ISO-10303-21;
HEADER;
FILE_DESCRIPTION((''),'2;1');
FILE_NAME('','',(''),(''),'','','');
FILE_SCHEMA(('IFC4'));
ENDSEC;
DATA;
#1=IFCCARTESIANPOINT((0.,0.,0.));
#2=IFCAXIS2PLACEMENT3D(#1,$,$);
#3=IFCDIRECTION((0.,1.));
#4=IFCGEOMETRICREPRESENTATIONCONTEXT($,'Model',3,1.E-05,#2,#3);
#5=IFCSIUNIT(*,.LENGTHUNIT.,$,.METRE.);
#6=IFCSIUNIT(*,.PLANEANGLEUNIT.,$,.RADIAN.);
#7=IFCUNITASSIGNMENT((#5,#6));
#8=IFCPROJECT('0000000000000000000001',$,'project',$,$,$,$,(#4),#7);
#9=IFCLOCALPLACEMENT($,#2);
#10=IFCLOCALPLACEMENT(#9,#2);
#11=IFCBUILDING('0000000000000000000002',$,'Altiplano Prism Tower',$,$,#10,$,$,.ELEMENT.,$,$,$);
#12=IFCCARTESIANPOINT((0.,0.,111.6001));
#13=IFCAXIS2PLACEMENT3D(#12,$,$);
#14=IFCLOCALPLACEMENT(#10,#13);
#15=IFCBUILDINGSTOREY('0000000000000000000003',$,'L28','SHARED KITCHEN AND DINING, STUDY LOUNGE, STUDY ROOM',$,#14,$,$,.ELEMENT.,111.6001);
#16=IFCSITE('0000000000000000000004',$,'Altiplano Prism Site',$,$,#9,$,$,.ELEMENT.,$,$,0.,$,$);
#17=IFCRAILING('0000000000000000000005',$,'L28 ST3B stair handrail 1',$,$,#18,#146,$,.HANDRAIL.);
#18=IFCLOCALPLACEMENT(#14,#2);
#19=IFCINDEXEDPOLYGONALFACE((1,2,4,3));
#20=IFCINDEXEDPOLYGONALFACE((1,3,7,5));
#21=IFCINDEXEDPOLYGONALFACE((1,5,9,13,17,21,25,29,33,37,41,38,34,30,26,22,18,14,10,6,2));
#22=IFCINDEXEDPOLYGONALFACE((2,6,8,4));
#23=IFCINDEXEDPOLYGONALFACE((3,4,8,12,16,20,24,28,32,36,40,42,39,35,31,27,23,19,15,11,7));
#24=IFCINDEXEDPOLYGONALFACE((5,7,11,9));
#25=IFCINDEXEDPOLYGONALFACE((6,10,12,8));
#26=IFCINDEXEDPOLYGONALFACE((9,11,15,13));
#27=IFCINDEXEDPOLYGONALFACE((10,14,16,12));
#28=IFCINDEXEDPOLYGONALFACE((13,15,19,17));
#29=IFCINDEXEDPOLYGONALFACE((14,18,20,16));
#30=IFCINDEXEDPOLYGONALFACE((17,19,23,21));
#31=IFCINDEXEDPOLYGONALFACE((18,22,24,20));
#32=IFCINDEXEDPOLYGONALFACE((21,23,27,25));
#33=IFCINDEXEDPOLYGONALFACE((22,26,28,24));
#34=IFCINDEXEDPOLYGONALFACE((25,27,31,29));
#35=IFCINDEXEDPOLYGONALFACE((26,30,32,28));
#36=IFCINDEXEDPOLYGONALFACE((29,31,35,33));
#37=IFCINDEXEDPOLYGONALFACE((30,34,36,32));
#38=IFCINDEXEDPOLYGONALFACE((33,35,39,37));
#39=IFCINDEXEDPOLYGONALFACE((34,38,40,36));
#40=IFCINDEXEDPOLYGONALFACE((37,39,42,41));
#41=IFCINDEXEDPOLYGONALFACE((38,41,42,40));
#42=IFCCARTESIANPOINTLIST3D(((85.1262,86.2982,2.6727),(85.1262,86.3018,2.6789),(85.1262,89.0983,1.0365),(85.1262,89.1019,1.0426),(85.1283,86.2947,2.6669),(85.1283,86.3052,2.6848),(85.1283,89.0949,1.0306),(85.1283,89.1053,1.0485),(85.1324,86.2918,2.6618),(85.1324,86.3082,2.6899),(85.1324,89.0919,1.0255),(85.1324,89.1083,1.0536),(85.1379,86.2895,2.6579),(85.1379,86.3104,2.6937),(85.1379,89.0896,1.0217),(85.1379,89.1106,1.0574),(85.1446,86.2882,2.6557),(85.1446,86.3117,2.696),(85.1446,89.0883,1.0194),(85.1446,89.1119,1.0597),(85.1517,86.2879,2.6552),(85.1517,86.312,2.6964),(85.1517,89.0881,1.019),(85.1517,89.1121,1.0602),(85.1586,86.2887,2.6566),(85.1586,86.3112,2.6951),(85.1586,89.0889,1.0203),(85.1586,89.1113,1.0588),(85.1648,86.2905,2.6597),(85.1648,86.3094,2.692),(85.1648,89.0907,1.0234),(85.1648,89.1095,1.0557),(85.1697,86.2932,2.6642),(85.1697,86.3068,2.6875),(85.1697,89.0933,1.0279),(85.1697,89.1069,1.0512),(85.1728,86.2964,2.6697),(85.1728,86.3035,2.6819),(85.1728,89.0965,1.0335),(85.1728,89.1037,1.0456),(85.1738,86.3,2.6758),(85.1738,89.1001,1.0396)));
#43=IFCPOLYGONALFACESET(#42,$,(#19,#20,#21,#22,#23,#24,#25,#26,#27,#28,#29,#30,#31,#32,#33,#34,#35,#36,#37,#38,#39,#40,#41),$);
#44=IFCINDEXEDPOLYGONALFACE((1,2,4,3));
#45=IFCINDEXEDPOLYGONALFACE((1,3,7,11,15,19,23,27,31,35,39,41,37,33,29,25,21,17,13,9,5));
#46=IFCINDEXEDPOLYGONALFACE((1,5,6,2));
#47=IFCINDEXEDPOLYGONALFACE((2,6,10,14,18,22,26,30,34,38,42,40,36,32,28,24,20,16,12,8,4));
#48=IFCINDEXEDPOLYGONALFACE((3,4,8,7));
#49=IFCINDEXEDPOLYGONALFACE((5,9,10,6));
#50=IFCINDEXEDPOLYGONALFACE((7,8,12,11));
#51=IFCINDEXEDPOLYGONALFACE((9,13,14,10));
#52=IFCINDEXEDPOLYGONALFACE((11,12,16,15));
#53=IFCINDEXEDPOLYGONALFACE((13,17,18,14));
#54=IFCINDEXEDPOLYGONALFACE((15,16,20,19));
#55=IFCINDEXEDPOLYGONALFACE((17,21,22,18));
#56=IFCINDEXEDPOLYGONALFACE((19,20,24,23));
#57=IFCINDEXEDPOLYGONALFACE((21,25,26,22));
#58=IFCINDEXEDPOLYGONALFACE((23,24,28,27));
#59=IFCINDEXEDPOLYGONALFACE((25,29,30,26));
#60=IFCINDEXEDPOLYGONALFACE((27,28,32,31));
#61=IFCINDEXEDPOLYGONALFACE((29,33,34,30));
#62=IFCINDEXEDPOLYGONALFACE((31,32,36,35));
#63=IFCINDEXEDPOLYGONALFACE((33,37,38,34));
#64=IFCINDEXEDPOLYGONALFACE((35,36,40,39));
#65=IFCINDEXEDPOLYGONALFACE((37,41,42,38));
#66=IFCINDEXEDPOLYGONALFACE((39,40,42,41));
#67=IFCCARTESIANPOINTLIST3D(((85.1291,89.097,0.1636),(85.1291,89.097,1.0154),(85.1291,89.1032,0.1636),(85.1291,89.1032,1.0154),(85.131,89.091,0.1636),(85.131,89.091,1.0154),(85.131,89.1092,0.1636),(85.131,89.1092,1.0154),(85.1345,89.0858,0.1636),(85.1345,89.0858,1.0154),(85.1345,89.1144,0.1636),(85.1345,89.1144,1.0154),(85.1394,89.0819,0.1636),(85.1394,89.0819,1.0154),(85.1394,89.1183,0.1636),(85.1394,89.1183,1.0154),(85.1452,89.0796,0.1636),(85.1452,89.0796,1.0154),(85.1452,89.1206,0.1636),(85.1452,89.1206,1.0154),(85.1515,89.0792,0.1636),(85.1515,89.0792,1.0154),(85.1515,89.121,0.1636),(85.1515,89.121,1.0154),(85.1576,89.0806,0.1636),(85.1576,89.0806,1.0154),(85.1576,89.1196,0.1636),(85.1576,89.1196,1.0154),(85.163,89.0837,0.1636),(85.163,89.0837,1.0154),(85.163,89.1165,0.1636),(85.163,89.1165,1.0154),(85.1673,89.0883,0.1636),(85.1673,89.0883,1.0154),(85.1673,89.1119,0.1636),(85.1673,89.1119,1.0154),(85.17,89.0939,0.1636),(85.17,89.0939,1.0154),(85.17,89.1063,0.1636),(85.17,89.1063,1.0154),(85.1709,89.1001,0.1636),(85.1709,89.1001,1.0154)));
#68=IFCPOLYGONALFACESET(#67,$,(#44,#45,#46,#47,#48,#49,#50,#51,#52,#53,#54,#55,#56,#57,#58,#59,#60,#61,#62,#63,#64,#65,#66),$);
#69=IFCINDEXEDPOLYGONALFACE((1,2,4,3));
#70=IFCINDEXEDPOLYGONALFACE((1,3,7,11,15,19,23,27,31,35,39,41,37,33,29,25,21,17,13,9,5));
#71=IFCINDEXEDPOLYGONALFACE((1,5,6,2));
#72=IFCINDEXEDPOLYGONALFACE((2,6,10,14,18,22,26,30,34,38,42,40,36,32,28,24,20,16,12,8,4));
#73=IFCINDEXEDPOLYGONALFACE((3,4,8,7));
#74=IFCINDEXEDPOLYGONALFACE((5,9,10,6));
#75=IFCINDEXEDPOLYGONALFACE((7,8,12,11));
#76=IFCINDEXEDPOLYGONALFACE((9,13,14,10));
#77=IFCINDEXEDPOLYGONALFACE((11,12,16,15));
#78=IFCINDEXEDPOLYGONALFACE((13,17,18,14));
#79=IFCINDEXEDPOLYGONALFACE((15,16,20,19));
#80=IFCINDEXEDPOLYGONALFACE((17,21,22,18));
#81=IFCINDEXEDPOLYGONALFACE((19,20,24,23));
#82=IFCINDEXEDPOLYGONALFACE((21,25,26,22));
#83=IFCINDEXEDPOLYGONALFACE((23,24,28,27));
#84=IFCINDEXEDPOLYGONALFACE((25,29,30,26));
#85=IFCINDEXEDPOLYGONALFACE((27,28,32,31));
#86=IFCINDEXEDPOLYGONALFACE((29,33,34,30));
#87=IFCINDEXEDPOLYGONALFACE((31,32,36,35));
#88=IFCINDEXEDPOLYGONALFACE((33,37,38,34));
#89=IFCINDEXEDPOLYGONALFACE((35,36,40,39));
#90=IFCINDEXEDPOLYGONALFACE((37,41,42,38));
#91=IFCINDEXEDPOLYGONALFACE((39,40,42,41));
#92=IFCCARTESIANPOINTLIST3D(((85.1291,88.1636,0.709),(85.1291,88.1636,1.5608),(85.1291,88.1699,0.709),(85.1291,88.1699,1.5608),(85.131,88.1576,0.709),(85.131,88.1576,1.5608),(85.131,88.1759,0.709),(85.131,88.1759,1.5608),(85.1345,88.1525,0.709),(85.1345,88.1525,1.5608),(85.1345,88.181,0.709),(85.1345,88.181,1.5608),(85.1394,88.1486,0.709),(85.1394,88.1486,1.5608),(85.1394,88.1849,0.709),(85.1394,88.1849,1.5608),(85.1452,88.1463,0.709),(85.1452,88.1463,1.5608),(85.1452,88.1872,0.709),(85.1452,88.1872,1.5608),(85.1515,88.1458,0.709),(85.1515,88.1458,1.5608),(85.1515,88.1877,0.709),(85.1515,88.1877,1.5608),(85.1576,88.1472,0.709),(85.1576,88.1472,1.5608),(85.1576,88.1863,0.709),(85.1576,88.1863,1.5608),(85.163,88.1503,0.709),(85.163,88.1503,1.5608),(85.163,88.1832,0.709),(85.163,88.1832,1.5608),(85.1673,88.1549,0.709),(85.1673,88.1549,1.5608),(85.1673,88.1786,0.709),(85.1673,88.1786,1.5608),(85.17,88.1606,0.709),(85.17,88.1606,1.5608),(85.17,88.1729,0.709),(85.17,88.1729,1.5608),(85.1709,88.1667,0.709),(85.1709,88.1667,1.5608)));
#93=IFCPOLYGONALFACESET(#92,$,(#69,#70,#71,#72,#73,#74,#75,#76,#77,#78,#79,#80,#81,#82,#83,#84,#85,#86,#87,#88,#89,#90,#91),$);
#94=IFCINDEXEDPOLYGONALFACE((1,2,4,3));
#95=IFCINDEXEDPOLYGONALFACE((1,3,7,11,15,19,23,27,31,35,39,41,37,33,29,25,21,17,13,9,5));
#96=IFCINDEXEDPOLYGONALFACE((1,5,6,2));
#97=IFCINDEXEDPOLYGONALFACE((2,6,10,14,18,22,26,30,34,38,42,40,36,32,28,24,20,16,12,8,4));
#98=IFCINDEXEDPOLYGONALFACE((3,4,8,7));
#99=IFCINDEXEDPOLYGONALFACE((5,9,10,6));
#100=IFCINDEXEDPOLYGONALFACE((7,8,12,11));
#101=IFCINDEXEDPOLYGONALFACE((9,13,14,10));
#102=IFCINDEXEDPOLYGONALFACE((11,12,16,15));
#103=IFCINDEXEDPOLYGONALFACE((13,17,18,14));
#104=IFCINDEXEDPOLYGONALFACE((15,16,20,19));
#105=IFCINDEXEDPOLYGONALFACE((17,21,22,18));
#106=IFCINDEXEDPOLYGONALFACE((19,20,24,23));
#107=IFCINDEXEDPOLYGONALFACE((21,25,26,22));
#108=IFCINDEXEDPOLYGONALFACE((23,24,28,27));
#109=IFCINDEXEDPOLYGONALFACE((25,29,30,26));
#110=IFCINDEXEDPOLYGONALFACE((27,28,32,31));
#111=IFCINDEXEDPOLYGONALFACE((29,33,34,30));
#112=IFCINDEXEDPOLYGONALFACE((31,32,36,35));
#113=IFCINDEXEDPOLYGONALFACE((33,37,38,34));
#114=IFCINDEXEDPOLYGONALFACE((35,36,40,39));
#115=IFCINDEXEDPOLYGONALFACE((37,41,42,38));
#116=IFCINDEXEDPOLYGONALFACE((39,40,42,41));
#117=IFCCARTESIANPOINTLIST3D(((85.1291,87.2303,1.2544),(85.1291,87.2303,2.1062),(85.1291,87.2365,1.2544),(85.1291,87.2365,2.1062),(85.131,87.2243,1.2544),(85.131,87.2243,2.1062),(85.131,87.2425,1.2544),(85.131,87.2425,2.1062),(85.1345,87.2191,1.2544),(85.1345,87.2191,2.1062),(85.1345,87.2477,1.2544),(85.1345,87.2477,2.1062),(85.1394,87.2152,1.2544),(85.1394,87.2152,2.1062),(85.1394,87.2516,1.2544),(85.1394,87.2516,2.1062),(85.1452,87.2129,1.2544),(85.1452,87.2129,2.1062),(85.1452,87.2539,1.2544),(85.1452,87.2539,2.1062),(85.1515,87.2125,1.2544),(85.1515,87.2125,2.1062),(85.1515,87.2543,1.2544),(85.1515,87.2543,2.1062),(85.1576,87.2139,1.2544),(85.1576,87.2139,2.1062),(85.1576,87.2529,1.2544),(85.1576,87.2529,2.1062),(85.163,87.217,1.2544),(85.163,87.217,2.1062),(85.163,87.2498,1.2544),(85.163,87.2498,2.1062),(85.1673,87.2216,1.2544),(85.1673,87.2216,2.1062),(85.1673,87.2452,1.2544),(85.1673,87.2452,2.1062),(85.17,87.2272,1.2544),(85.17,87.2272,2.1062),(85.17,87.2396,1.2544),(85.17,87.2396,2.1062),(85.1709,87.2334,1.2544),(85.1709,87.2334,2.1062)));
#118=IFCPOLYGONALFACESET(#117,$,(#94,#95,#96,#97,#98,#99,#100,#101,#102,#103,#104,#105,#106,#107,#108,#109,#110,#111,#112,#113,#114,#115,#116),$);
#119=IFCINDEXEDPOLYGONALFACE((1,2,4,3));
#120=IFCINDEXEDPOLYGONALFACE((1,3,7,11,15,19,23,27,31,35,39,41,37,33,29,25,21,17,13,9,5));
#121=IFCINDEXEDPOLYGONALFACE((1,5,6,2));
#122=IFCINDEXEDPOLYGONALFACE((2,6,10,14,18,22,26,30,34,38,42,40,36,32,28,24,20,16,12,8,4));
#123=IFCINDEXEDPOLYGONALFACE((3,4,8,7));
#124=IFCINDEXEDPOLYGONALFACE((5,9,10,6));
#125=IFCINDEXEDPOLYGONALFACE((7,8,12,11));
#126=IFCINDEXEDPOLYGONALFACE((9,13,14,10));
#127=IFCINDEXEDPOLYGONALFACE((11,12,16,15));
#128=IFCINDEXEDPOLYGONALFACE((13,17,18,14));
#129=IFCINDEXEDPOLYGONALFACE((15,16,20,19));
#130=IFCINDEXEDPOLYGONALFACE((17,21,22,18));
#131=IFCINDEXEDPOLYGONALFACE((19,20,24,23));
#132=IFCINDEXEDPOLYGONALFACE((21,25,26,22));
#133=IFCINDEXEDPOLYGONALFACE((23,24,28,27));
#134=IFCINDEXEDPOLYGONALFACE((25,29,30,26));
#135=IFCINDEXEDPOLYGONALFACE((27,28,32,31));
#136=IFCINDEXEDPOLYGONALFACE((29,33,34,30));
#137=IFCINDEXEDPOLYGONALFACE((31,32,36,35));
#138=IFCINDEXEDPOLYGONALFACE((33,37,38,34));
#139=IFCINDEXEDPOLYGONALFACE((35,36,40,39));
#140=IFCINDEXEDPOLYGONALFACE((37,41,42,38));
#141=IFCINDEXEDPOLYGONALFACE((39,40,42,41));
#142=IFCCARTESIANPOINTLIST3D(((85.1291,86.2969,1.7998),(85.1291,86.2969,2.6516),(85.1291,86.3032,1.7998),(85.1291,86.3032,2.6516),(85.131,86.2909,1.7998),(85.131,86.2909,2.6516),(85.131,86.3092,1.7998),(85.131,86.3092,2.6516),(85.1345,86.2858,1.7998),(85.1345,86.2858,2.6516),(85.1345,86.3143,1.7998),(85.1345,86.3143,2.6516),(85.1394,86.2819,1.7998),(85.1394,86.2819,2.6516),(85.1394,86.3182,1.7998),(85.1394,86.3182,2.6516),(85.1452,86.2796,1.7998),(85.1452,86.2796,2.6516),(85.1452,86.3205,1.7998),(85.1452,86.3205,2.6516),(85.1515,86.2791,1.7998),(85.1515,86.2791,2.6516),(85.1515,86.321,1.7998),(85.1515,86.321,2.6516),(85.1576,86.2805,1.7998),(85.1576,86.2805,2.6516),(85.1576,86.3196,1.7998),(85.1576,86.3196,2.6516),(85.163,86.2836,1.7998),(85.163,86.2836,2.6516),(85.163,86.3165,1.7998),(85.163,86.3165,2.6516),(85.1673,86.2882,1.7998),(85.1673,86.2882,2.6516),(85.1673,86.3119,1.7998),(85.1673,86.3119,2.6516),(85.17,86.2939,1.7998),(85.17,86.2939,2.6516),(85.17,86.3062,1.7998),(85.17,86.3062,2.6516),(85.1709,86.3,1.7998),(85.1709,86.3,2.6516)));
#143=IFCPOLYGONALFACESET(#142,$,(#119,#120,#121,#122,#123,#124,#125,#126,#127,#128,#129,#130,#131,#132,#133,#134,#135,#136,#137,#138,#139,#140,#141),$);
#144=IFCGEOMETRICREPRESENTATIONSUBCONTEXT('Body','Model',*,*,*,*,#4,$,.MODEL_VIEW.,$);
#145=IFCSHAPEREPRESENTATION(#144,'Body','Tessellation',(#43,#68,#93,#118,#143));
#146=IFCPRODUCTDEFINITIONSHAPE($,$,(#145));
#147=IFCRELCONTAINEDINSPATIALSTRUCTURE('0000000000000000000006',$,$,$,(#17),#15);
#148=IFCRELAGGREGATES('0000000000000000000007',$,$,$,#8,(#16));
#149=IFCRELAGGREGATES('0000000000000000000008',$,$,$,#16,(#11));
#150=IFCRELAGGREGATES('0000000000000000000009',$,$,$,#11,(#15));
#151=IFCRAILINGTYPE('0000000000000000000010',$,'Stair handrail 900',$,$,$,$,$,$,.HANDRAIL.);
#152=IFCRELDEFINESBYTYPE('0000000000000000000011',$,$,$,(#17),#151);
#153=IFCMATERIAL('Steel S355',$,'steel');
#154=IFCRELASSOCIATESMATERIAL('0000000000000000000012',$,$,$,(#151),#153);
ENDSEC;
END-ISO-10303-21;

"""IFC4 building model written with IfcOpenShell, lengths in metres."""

from ifc_helpers import new_model, si_unit, direction, frame, origin, origin_2d, place, context, subcontext, project, spatial, circle, extrude, material, type_object, element, save


model = new_model("IFC4")

# Units and contexts
model_context = context("Model", 3, precision=1e-05, world=origin(), true_north=direction((0.0, 1.0)))
body_context = subcontext(model_context, "Body", "Model", "MODEL_VIEW")
ifc_project = project(units=[si_unit("LENGTHUNIT", "METRE"), si_unit("PLANEANGLEUNIT", "RADIAN")], contexts=[model_context])

# Site, building, storey
site_placement = place(None, origin())
site = spatial("IfcSite", under=ifc_project, at=site_placement, Name="Altiplano Prism Site", CompositionType="ELEMENT", RefElevation=0.0)
building_placement = place(site_placement, origin())
building = spatial("IfcBuilding", under=site, at=building_placement, Name="Altiplano Prism Tower", CompositionType="ELEMENT")
storey_placement = place(building_placement, frame((0.0, 0.0, 111.6001)))
storey = spatial("IfcBuildingStorey", under=building, at=storey_placement, Name="L28", Description="SHARED KITCHEN AND DINING, STUDY LOUNGE, STUDY ROOM", CompositionType="ELEMENT", Elevation=111.6001)

# Railing
ifc_material_1 = material(Name="Steel S355", Category="steel")
railing_type_1 = type_object("IfcRailingType", Name="Stair handrail 900", PredefinedType="HANDRAIL", material=ifc_material_1)
railing_1_placement = place(storey_placement, frame((85.1499, 89.1001, 0.1636)))
element("IfcRailing", 1, at=railing_1_placement, inside=storey, type_object=railing_type_1, Name="L28 ST3B stair handrail 1", PredefinedType="HANDRAIL", context=body_context, shape_type="SweptSolid", body=[
    extrude(circle(Radius=0.0239, at=origin_2d()), frame((0.0, 0.0, 0.876), z_axis=(0.0, -0.863394, 0.504531), x_axis=(1.0, 0.0, 0.0)), (0.0, 0.0, 1.0), 3.2432),
    extrude(circle(Radius=0.021, at=origin_2d()), origin(), (0.0, 0.0, 1.0), 0.8518),
    extrude(circle(Radius=0.021, at=origin_2d()), frame((0.0, -0.9333, 0.5454)), (0.0, 0.0, 1.0), 0.8518),
    extrude(circle(Radius=0.021, at=origin_2d()), frame((0.0, -1.8667, 1.0908)), (0.0, 0.0, 1.0), 0.8518),
    extrude(circle(Radius=0.021, at=origin_2d()), frame((0.0, -2.8, 1.6362)), (0.0, 0.0, 1.0), 0.8518),
])

save(model, "model.ifc")
